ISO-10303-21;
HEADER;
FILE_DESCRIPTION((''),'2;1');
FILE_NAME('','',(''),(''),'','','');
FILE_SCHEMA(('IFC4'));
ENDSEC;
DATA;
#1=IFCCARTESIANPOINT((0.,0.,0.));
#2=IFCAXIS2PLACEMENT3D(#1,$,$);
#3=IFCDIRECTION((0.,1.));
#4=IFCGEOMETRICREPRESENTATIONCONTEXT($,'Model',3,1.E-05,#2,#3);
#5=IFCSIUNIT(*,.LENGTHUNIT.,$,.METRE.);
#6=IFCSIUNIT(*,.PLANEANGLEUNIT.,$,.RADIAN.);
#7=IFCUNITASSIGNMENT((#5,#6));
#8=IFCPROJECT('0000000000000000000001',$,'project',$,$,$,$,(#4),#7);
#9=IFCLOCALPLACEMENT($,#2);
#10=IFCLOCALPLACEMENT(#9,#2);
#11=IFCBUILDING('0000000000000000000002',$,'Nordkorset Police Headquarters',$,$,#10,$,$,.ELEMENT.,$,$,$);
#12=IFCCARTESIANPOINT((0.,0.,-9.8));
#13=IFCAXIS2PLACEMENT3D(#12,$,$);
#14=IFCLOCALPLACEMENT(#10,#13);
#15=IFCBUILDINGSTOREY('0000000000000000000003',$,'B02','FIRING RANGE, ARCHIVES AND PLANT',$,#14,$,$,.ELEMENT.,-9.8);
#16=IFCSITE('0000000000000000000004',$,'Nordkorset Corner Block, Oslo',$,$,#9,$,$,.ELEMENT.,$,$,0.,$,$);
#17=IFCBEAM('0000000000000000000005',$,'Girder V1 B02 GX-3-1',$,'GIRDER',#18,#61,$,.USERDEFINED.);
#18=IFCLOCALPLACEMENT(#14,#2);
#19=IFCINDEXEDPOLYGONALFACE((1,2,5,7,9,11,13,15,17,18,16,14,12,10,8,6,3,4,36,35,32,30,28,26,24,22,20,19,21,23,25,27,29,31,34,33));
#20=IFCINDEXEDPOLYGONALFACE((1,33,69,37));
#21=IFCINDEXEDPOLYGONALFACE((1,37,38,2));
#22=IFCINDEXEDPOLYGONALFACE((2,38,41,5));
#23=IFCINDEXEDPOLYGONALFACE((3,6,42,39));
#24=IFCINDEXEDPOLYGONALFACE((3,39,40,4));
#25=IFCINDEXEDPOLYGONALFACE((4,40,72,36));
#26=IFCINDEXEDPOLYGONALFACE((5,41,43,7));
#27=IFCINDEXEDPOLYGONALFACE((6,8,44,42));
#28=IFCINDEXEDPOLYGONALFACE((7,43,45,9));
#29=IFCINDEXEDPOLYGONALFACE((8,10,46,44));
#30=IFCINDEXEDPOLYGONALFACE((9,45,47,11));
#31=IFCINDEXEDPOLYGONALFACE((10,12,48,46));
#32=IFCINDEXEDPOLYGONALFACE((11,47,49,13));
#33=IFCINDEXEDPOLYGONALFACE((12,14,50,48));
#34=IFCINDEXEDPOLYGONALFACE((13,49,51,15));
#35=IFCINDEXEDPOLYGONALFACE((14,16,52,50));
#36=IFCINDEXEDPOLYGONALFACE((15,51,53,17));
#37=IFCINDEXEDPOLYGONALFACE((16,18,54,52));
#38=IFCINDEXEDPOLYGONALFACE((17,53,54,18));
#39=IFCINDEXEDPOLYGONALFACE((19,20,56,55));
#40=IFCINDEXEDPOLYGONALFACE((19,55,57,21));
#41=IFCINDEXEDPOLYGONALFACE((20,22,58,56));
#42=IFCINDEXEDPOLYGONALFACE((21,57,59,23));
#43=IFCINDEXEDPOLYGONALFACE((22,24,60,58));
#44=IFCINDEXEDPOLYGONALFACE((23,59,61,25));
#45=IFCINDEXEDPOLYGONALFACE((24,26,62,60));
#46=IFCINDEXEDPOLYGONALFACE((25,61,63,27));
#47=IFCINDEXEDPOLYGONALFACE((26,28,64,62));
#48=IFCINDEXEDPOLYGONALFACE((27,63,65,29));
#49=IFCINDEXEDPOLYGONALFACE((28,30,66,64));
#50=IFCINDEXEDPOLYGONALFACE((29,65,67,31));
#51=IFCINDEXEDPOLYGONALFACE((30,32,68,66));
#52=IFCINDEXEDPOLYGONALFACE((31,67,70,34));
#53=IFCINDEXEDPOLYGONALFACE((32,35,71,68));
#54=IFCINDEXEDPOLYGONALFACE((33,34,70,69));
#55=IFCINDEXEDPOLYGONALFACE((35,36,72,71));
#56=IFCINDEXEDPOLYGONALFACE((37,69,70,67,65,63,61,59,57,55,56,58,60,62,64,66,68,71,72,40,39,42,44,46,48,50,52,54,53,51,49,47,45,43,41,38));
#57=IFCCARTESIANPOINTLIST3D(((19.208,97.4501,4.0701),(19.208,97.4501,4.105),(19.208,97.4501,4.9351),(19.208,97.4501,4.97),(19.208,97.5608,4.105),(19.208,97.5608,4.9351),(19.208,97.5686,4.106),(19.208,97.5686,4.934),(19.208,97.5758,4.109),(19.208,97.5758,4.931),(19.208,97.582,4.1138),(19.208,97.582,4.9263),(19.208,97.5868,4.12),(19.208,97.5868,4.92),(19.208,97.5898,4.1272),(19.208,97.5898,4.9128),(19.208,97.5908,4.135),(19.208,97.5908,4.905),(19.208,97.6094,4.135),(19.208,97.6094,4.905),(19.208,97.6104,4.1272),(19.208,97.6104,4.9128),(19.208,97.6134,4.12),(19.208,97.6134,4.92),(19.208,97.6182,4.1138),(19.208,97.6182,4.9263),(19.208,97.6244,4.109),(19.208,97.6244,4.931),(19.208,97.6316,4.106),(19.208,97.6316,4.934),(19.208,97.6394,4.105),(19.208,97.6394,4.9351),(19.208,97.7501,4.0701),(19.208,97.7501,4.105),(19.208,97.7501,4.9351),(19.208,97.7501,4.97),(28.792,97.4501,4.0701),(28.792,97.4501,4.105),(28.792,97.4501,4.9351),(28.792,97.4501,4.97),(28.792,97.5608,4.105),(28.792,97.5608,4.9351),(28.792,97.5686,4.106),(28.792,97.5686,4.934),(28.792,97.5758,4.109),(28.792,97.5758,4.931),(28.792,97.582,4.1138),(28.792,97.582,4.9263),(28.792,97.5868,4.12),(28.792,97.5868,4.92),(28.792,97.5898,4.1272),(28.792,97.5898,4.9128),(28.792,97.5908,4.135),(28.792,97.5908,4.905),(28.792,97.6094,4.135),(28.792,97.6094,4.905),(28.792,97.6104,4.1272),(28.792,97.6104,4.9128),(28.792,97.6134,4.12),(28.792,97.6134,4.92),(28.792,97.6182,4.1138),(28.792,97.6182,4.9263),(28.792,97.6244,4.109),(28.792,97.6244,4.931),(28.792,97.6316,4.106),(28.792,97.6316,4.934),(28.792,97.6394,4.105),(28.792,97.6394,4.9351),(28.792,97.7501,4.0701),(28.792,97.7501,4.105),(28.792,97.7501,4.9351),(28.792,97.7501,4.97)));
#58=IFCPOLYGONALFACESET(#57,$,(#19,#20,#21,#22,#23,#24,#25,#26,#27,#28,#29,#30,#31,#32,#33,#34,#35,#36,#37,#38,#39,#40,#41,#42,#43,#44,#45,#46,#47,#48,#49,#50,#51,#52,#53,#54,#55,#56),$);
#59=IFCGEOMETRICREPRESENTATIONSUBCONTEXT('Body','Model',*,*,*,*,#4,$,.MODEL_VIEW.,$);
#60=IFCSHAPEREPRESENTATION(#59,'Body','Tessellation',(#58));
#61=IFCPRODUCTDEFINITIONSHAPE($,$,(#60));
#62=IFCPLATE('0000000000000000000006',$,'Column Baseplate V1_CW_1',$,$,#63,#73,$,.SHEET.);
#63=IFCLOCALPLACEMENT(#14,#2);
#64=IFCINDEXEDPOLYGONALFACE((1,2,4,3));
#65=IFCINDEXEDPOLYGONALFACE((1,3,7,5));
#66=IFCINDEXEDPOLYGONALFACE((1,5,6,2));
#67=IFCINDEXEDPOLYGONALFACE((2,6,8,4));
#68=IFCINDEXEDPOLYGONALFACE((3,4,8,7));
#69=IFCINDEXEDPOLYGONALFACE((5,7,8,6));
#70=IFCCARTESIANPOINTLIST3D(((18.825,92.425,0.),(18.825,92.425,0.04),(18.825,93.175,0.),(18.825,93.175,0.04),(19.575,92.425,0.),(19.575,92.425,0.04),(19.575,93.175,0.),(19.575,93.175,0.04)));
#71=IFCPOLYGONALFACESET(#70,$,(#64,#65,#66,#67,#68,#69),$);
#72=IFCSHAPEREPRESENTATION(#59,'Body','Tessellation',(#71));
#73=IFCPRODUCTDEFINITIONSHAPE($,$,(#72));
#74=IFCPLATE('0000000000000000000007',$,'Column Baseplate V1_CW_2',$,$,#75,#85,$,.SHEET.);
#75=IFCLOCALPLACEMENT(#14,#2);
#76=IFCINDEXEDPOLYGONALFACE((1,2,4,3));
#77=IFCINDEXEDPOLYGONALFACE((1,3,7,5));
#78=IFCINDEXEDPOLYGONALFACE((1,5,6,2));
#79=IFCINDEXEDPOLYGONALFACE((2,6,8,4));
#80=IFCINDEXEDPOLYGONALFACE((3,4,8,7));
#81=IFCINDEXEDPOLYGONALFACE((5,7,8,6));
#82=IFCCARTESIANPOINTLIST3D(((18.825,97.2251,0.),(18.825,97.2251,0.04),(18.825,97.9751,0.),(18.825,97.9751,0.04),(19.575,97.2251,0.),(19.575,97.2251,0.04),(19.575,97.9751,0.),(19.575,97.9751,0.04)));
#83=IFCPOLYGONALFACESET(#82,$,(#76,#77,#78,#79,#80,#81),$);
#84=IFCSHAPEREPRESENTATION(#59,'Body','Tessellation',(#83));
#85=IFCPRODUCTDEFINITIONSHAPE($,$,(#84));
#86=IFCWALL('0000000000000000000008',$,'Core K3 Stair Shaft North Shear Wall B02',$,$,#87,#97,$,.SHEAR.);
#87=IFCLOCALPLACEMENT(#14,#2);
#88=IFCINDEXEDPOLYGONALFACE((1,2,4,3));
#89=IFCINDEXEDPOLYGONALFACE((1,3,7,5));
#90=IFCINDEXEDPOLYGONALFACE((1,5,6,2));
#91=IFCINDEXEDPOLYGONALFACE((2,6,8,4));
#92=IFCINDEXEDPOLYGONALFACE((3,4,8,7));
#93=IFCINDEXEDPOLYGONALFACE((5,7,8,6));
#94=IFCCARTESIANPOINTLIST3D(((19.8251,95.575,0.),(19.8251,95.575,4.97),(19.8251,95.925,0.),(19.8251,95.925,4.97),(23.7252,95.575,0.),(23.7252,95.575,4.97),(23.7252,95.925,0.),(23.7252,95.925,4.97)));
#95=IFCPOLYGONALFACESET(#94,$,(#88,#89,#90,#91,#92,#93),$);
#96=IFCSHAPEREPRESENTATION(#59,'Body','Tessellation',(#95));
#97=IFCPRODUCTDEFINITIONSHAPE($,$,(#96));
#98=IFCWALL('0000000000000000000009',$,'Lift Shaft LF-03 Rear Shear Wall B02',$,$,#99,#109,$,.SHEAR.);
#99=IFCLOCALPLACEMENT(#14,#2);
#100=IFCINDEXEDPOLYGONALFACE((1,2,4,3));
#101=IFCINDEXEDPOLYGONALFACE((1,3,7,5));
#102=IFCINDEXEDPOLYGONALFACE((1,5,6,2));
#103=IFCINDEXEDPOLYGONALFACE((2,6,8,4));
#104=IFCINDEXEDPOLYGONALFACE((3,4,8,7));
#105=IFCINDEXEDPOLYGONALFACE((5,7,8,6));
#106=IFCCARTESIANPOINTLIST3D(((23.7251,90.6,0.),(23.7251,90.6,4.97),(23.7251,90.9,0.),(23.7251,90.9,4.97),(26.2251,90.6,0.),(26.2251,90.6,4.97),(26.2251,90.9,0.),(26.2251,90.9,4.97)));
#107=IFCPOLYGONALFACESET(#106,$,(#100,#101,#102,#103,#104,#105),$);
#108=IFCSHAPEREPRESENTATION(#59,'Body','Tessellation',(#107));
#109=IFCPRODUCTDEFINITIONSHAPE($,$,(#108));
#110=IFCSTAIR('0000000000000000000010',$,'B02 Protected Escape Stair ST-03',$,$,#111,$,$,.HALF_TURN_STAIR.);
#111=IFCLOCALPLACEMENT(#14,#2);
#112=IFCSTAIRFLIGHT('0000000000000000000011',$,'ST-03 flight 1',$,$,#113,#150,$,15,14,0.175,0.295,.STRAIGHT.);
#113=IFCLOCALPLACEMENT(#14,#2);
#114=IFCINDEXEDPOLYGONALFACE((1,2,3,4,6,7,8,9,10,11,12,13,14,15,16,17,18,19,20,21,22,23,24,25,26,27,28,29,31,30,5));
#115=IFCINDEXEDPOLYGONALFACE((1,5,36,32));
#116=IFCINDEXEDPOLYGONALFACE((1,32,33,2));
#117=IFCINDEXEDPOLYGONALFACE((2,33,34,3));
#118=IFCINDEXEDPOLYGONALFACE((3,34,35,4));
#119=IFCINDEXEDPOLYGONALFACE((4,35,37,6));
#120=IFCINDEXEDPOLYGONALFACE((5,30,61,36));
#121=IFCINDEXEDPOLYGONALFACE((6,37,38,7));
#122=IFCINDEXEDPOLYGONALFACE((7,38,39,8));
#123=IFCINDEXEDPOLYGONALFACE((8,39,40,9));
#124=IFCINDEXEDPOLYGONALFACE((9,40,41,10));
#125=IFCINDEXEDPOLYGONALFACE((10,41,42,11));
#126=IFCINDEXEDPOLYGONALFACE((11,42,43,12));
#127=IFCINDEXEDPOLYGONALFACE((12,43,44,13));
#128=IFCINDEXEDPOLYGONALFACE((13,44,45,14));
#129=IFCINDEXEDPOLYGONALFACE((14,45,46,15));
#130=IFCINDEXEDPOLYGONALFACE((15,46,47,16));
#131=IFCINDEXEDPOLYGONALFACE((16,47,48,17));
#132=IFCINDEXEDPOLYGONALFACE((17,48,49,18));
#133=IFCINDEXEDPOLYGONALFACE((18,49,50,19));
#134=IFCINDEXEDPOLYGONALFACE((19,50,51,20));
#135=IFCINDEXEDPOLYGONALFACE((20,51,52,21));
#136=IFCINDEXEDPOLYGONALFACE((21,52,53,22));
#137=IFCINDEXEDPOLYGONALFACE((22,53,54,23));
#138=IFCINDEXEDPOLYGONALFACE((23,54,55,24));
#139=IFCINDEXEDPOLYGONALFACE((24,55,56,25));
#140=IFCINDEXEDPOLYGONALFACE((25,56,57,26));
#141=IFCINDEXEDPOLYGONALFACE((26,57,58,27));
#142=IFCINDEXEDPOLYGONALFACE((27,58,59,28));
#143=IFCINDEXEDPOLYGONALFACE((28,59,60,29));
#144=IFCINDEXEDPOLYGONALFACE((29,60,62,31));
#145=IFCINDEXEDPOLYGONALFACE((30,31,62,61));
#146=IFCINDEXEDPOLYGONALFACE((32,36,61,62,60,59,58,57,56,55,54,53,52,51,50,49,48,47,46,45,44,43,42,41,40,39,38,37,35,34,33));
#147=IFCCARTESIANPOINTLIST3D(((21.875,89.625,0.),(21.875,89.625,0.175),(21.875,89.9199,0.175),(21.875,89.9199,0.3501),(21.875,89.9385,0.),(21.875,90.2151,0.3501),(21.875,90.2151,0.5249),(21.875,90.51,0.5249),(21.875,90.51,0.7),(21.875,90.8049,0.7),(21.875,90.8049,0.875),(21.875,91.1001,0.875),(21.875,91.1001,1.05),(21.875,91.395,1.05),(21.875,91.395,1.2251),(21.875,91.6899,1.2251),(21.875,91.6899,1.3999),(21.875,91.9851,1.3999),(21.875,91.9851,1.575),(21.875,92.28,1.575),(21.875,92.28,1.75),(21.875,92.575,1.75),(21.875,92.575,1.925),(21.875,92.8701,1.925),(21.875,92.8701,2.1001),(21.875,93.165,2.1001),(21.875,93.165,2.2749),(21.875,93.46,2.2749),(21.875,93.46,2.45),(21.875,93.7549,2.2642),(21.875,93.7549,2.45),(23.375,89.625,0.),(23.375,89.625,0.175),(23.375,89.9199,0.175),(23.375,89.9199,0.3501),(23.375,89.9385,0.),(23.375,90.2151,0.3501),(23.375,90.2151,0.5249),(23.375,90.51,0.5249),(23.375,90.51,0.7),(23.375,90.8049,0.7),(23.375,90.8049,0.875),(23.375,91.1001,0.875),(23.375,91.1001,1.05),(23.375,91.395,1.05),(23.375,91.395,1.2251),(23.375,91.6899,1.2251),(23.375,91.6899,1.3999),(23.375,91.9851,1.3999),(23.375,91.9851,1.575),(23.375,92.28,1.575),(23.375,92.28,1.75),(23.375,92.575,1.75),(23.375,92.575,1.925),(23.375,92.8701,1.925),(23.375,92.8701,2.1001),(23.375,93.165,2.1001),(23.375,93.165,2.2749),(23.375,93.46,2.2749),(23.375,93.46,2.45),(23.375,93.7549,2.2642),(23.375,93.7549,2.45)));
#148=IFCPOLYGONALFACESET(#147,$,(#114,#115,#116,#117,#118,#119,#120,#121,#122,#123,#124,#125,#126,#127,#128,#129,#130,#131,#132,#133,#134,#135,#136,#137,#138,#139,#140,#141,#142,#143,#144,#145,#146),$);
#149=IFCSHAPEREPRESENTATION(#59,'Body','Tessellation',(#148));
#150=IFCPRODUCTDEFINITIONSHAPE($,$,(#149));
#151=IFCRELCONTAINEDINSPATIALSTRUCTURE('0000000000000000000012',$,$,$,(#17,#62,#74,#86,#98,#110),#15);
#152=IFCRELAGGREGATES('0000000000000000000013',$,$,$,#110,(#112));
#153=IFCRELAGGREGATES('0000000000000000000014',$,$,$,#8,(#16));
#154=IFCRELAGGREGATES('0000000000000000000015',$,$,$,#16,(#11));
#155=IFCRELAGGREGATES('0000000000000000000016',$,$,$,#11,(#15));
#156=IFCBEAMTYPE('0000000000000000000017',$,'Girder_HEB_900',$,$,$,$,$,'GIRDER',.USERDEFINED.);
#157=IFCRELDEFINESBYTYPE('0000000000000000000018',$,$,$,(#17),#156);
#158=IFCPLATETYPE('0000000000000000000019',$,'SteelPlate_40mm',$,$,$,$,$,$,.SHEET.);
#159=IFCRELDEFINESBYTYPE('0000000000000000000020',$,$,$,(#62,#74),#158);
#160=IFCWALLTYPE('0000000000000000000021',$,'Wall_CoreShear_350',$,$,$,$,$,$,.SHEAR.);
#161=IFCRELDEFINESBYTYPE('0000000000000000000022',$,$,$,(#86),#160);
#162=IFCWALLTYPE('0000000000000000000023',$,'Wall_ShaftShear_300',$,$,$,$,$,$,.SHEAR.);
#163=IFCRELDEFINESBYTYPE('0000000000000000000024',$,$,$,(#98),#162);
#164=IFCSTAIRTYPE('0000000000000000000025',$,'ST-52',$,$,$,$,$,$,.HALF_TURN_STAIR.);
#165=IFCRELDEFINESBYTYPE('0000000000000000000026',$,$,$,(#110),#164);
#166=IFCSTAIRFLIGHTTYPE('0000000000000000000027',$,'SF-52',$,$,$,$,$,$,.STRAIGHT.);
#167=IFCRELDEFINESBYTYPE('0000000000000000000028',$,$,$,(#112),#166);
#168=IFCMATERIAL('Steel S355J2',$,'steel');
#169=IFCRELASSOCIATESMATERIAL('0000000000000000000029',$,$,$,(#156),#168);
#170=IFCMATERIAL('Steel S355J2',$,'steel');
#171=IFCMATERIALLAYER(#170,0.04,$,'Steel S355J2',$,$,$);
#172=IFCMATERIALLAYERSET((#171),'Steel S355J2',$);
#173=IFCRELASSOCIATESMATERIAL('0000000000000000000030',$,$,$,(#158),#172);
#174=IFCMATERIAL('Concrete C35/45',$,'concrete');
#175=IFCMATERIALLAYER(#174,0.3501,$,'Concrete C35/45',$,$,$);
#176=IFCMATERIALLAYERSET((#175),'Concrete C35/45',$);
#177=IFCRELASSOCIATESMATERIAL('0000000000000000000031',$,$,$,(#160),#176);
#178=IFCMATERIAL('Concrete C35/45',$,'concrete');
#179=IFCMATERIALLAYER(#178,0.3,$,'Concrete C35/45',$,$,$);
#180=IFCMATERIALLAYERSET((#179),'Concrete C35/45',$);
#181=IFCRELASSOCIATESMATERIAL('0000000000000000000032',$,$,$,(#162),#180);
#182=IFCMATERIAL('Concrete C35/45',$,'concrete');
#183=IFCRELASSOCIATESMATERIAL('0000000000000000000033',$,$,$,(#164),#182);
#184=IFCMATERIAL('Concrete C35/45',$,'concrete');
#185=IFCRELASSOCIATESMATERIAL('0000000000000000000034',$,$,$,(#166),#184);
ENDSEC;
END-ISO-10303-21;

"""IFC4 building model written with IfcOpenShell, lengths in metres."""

from ifc_helpers import new_model, si_unit, direction, frame, frame_2d, origin, origin_2d, place, context, subcontext, project, spatial, polyline, rectangle, i_section, outline, extrude, material, layer, layer_set, material_profile, profile_set, type_object, element, aggregate, save


model = new_model("IFC4")

# Units and contexts
model_context = context("Model", 3, precision=1e-05, world=origin(), true_north=direction((0.0, 1.0)))
body_context = subcontext(model_context, "Body", "Model", "MODEL_VIEW")
ifc_project = project(units=[si_unit("LENGTHUNIT", "METRE"), si_unit("PLANEANGLEUNIT", "RADIAN")], contexts=[model_context])

# Site, building, storey
site_placement = place(None, origin())
site = spatial("IfcSite", under=ifc_project, at=site_placement, Name="Nordkorset Corner Block, Oslo", CompositionType="ELEMENT", RefElevation=0.0)
building_placement = place(site_placement, origin())
building = spatial("IfcBuilding", under=site, at=building_placement, Name="Nordkorset Police Headquarters", CompositionType="ELEMENT")
storey_placement = place(building_placement, frame((0.0, 0.0, -9.8)))
storey = spatial("IfcBuildingStorey", under=building, at=storey_placement, Name="B02", Description="FIRING RANGE, ARCHIVES AND PLANT", CompositionType="ELEMENT", Elevation=-9.8)

# Beam
ifc_material_1 = material(Name="Steel S355J2", Category="steel")
ifc_material_profile_1 = material_profile(ifc_material_1, i_section(OverallWidth=0.3, OverallDepth=0.8999, WebThickness=0.0186, FlangeThickness=0.0349, FilletRadius=0.03, at=origin_2d()), Name="HEB 900")
ifc_profile_set_1 = profile_set([ifc_material_profile_1], Name="Steel S355J2")
beam_type_1 = type_object("IfcBeamType", Name="Girder_HEB_900", ElementType="GIRDER", PredefinedType="USERDEFINED", material=ifc_profile_set_1)
beam_1_placement = place(storey_placement, frame((19.208, 97.6001, 4.52), z_axis=(1.0, 0.0, 0.0), x_axis=(0.0, 1.0, 0.0)))
element("IfcBeam", 1, at=beam_1_placement, inside=storey, type_object=beam_type_1, Name="Girder V1 B02 GX-3-1", ObjectType="GIRDER", PredefinedType="USERDEFINED", context=body_context, shape_type="SweptSolid", body=[
    extrude(i_section(OverallWidth=0.3, OverallDepth=0.8999, WebThickness=0.0186, FlangeThickness=0.0349, FilletRadius=0.03, at=origin_2d()), origin(), (0.0, 0.0, 1.0), 9.584),
])

# Plates
ifc_material_2 = material(Name="Steel S355J2", Category="steel")
ifc_layer_1 = layer(ifc_material_2, 0.04, Name="Steel S355J2")
ifc_layer_set_1 = layer_set([ifc_layer_1], Name="Steel S355J2")
plate_type = type_object("IfcPlateType", Name="SteelPlate_40mm", PredefinedType="SHEET", material=ifc_layer_set_1)
for number, where, z_axis, x_axis, name in (
    (2, (19.2, 92.8, 0.0), (0.0, 0.0, 1.0), (1.0, 0.0, 0.0), "Column Baseplate V1_CW_1"),
    (3, (19.2, 97.6001, 0.0), (0.0, 0.0, 1.0), (1.0, 0.0, 0.0), "Column Baseplate V1_CW_2"),
):
    element("IfcPlate", number, at=place(storey_placement, frame(where, z_axis=z_axis, x_axis=x_axis)), inside=storey, type_object=plate_type, Name=name, PredefinedType="SHEET", context=body_context, shape_type="SweptSolid", body=[
        extrude(rectangle(XDim=0.75, YDim=0.75, at=origin_2d()), origin(), (0.0, 0.0, 1.0), 0.04),
    ])

# Walls
ifc_material_3 = material(Name="Concrete C35/45", Category="concrete")
ifc_layer_2 = layer(ifc_material_3, 0.3501, Name="Concrete C35/45")
ifc_layer_set_2 = layer_set([ifc_layer_2], Name="Concrete C35/45")
wall_type_1 = type_object("IfcWallType", Name="Wall_CoreShear_350", PredefinedType="SHEAR", material=ifc_layer_set_2)
wall_1_placement = place(storey_placement, frame((19.825, 95.75, 0.0), z_axis=(0.0, 0.0, 1.0), x_axis=(1.0, 0.0, 0.0)))
element("IfcWall", 4, at=wall_1_placement, inside=storey, type_object=wall_type_1, Name="Core K3 Stair Shaft North Shear Wall B02", PredefinedType="SHEAR", context=body_context, shape_type="SweptSolid", body=[
    extrude(rectangle(XDim=3.9001, YDim=0.3501, at=frame_2d((1.9502, 0.0))), origin(), (0.0, 0.0, 1.0), 4.97),
])
ifc_material_4 = material(Name="Concrete C35/45", Category="concrete")
ifc_layer_3 = layer(ifc_material_4, 0.3, Name="Concrete C35/45")
ifc_layer_set_3 = layer_set([ifc_layer_3], Name="Concrete C35/45")
wall_type_2 = type_object("IfcWallType", Name="Wall_ShaftShear_300", PredefinedType="SHEAR", material=ifc_layer_set_3)
wall_2_placement = place(storey_placement, frame((23.7251, 90.75, 0.0), z_axis=(0.0, 0.0, 1.0), x_axis=(1.0, 0.0, 0.0)))
element("IfcWall", 5, at=wall_2_placement, inside=storey, type_object=wall_type_2, Name="Lift Shaft LF-03 Rear Shear Wall B02", PredefinedType="SHEAR", context=body_context, shape_type="SweptSolid", body=[
    extrude(rectangle(XDim=2.5, YDim=0.3, at=frame_2d((1.25, 0.0))), origin(), (0.0, 0.0, 1.0), 4.97),
])

# Stair, stair flight
ifc_material_5 = material(Name="Concrete C35/45", Category="concrete")
stair_type = type_object("IfcStairType", Name="ST-52", PredefinedType="HALF_TURN_STAIR", material=ifc_material_5)
stair_placement = place(storey_placement, origin())
stair = element("IfcStair", 6, at=stair_placement, inside=storey, type_object=stair_type, Name="B02 Protected Escape Stair ST-03", PredefinedType="HALF_TURN_STAIR")
ifc_material_6 = material(Name="Concrete C35/45", Category="concrete")
stair_flight_type = type_object("IfcStairFlightType", Name="SF-52", PredefinedType="STRAIGHT", material=ifc_material_6)
stair_flight_1_placement = place(storey_placement, frame((22.625, 89.625, 0.0), z_axis=(0.0, 0.0, 1.0), x_axis=(0.0, 1.0, 0.0)))
stair_flight_1 = element("IfcStairFlight", 7, at=stair_flight_1_placement, type_object=stair_flight_type, Name="ST-03 flight 1", NumberOfRisers=15, NumberOfTreads=14, PredefinedType="STRAIGHT", RiserHeight=0.175, TreadLength=0.295, context=body_context, shape_type="SweptSolid", body=[
    extrude(outline(polyline([(0.0, 0.0), (0.0, 0.175), (0.2949, 0.175), (0.2949, 0.3501), (0.5901, 0.3501), (0.5901, 0.5249), (0.885, 0.5249), (0.885, 0.7), (1.1799, 0.7), (1.1799, 0.875), (1.4751, 0.875), (1.4751, 1.05), (1.77, 1.05), (1.77, 1.2251), (2.0649, 1.2251), (2.0649, 1.3999), (2.3601, 1.3999), (2.3601, 1.575), (2.655, 1.575), (2.655, 1.75), (2.95, 1.75), (2.95, 1.925), (3.2451, 1.925), (3.2451, 2.1001), (3.54, 2.1001), (3.54, 2.2749), (3.835, 2.2749), (3.835, 2.45), (4.1299, 2.45), (4.1299, 2.625), (4.1299, 2.2642), (0.3135, 0.0), (0.0, 0.0)])), frame((0.0, 0.75, 0.0), z_axis=(0.0, -1.0, 0.0), x_axis=(1.0, 0.0, 0.0)), (0.0, 0.0, 1.0), 1.5),
])
aggregate(stair, [stair_flight_1])

save(model, "model.ifc")
